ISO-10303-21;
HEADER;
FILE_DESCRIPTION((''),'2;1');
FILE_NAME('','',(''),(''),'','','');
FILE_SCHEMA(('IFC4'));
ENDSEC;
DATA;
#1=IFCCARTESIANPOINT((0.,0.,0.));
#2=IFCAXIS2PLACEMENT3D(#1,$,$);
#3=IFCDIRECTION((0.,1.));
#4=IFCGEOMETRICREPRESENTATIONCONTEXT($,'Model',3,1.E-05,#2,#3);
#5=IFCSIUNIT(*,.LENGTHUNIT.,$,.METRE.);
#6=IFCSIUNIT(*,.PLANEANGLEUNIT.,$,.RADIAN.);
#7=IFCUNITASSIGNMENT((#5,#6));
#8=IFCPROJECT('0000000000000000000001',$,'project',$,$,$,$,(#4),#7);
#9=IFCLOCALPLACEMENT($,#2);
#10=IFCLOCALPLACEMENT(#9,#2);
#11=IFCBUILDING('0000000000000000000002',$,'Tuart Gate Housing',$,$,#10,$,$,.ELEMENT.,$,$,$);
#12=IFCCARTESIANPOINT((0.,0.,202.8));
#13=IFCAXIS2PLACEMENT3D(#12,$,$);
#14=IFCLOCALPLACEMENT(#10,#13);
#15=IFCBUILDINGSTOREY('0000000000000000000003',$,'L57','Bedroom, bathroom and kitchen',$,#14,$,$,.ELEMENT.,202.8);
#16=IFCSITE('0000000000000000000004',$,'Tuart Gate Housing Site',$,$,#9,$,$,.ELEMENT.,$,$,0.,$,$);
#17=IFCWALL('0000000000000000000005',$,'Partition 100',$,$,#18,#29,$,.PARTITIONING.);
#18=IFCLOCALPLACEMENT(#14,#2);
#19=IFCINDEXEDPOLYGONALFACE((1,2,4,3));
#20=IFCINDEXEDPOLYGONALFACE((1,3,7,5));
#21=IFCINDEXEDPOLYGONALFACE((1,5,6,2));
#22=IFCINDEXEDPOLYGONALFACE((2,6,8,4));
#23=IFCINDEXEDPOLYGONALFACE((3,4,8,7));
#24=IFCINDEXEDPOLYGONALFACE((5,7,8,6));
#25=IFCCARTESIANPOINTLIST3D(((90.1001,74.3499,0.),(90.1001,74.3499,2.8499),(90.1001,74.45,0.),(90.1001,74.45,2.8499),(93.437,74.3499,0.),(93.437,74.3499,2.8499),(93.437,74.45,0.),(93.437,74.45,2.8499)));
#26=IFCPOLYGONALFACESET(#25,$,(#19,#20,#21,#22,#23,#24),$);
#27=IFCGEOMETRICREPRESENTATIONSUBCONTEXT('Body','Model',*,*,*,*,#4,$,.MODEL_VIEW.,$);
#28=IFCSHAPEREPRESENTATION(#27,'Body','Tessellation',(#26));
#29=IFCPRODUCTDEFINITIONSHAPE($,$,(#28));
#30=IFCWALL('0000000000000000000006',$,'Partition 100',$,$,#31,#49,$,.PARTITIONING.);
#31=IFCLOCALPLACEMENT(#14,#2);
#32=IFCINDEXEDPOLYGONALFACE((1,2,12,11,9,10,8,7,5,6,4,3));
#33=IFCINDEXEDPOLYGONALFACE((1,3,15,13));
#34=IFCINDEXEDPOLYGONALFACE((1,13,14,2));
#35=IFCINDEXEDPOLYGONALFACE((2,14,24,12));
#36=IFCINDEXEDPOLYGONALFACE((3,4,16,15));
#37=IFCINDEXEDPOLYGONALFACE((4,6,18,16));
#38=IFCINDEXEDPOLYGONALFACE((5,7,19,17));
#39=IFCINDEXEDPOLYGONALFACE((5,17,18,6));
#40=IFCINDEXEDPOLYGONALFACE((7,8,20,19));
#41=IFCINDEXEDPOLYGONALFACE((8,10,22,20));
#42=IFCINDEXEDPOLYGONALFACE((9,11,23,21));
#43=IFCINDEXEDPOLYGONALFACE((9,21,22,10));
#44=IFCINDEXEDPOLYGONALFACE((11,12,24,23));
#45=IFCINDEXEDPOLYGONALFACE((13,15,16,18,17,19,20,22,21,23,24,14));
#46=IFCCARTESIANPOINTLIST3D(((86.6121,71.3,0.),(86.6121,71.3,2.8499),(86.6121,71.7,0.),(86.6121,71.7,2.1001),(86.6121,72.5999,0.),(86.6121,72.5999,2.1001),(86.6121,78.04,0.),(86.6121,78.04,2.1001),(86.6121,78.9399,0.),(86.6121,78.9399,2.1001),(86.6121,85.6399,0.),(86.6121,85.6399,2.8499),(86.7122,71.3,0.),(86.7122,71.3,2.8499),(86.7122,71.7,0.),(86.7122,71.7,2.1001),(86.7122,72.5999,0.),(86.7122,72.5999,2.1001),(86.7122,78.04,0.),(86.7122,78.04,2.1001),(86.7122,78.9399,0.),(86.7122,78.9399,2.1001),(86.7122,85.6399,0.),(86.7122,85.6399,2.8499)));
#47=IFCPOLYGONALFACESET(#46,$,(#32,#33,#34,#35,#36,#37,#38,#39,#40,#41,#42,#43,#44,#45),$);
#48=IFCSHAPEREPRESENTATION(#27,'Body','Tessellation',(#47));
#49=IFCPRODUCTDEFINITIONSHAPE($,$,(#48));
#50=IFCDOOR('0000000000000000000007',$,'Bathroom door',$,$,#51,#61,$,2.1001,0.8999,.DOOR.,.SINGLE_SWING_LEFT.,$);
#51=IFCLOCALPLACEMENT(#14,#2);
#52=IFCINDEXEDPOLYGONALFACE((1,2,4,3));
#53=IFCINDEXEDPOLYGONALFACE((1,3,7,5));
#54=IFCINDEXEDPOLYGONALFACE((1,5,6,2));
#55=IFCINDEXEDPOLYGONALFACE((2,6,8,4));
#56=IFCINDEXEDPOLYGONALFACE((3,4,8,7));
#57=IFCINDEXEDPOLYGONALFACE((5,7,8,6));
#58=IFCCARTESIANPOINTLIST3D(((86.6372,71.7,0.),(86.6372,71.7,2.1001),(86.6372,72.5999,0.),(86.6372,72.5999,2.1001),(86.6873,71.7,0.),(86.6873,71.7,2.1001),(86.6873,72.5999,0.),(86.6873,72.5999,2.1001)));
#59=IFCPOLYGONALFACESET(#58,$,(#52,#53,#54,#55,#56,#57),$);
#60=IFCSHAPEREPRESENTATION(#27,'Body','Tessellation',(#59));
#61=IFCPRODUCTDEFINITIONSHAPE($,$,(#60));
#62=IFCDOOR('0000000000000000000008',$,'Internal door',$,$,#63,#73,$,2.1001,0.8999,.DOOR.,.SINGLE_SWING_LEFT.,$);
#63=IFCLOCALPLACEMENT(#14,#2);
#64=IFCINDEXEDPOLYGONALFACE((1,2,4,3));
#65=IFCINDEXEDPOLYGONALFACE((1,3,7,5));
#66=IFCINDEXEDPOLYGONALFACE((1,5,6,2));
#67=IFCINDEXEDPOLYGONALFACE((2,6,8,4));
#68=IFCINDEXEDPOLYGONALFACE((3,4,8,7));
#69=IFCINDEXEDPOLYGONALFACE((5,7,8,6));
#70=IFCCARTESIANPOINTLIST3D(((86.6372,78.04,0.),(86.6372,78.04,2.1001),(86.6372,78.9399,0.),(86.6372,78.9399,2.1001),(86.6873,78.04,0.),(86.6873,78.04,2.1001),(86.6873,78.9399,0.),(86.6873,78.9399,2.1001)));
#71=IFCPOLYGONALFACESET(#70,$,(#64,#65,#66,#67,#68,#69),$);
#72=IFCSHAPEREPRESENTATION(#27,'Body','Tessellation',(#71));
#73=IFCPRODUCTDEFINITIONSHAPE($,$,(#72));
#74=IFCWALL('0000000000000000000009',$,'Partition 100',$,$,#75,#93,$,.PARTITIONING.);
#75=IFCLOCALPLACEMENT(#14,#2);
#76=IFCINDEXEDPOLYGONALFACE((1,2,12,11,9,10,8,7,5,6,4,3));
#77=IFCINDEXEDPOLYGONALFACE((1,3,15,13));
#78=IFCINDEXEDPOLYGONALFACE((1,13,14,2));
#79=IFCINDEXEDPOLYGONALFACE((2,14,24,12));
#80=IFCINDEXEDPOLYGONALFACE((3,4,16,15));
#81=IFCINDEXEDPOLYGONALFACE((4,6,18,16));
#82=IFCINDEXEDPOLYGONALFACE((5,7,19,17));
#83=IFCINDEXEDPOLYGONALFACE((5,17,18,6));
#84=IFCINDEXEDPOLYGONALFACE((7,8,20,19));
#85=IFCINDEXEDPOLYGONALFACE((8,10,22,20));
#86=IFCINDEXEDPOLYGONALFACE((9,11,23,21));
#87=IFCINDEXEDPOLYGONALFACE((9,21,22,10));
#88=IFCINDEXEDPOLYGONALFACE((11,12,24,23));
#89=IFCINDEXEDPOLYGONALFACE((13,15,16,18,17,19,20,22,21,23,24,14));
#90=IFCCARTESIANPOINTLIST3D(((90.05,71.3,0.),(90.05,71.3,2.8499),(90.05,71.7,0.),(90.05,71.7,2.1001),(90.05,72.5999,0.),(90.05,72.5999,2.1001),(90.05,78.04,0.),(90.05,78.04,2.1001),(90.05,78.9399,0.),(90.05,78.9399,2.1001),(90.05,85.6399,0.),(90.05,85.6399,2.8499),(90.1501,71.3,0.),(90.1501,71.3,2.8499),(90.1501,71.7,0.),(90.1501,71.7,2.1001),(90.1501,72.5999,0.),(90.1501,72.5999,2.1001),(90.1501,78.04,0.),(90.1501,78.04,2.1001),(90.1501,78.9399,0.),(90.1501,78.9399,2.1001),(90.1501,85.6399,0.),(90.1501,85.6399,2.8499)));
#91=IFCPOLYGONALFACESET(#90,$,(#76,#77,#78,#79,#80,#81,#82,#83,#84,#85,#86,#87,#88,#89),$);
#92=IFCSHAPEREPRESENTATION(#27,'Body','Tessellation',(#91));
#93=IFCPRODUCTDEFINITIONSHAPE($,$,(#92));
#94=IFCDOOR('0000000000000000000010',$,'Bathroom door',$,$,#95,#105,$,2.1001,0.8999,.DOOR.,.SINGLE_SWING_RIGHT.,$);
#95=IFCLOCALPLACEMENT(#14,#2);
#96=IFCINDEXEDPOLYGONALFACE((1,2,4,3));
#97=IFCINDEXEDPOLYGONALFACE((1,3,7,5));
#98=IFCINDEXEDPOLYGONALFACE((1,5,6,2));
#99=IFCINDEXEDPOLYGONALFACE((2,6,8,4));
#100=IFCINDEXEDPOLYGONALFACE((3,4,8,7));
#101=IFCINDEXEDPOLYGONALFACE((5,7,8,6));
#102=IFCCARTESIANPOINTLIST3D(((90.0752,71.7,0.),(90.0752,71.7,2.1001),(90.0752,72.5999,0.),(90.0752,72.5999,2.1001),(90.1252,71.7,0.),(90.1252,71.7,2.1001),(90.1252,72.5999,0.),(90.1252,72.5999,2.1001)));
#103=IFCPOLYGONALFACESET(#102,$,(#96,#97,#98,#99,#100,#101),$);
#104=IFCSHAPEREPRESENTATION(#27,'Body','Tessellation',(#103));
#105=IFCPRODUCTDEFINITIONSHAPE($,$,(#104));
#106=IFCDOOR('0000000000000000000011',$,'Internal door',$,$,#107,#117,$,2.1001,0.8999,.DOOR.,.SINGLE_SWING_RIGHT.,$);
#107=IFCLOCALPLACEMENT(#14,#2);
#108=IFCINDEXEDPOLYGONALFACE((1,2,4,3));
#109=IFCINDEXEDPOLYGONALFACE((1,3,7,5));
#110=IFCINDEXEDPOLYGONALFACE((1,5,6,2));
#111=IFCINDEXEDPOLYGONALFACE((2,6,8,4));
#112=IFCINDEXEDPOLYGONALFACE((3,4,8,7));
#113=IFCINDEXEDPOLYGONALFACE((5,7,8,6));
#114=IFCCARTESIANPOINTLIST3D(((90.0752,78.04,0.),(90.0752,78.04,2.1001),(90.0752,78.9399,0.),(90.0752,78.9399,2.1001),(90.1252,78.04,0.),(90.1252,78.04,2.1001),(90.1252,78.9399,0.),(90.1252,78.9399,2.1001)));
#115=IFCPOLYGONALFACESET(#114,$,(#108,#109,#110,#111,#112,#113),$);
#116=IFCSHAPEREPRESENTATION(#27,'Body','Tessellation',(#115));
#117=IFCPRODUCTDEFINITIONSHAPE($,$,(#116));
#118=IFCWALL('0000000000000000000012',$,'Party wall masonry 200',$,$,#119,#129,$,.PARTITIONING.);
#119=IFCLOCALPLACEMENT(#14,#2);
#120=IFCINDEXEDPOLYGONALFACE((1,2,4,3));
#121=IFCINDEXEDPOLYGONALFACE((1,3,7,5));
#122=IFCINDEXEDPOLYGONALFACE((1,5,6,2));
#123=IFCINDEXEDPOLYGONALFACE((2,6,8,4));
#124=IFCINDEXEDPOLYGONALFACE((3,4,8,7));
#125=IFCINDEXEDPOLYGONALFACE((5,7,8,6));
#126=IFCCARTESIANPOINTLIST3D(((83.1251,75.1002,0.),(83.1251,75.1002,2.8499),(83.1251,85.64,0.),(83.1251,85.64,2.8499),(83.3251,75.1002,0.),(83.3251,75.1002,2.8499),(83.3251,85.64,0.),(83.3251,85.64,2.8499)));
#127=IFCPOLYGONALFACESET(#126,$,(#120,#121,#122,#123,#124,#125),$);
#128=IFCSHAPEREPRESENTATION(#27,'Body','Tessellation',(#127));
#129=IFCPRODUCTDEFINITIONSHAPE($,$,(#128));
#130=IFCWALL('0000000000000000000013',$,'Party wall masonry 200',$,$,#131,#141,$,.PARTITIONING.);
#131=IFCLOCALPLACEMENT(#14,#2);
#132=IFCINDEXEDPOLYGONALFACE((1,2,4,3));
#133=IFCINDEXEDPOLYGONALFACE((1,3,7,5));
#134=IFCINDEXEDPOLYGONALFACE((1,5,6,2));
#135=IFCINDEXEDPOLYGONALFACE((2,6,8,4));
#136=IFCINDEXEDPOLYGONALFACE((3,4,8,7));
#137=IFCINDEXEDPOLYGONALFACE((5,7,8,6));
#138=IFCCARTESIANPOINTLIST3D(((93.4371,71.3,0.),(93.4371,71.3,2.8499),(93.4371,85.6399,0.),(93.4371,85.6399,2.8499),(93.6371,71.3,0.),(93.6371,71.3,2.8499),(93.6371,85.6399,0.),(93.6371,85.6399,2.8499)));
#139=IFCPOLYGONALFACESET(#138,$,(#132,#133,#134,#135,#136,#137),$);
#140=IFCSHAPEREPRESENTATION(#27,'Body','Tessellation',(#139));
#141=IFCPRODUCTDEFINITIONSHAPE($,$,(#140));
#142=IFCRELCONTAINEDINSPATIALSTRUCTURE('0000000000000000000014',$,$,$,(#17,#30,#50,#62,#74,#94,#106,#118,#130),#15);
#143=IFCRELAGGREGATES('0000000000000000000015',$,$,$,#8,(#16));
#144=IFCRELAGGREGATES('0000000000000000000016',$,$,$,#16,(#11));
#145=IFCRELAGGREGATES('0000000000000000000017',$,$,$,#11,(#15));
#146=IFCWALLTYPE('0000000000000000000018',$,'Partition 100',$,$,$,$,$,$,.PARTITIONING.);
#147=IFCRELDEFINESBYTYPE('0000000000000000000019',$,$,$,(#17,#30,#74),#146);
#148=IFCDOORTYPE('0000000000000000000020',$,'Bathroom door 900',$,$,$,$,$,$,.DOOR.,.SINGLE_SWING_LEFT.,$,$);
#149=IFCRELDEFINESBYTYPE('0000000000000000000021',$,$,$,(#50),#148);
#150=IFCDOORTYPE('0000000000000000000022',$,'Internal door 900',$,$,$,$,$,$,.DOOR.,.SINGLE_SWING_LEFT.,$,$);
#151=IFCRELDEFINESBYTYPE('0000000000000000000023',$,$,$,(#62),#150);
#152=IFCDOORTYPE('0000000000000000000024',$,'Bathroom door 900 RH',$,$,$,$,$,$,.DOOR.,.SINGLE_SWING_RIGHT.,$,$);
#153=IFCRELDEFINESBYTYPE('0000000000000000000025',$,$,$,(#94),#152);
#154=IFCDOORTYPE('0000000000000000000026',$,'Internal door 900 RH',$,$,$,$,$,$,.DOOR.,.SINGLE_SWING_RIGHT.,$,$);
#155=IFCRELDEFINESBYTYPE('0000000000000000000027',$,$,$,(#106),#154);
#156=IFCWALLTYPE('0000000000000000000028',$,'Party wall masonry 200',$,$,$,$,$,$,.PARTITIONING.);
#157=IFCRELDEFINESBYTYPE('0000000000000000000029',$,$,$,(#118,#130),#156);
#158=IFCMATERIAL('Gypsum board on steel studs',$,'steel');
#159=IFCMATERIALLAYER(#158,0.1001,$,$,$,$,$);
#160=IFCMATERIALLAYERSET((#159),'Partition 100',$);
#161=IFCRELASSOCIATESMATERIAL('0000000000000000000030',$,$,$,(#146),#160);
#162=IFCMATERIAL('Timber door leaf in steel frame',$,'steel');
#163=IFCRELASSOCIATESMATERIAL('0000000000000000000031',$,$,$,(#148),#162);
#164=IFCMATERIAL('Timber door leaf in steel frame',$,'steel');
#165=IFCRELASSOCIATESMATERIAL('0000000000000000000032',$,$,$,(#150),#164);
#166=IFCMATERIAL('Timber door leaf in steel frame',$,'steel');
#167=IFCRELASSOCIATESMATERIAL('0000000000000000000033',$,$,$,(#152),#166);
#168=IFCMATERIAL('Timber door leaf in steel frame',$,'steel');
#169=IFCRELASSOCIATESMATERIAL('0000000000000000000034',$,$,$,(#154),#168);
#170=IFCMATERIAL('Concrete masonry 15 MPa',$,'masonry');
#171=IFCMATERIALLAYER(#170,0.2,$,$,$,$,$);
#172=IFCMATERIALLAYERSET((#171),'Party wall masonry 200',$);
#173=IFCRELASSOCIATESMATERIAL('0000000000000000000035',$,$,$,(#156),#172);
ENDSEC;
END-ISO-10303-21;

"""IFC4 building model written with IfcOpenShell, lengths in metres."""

from ifc_helpers import new_model, si_unit, direction, frame, frame_2d, origin, place, context, subcontext, project, spatial, rectangle, extrude, material, layer, layer_set, type_object, element, fill, save


model = new_model("IFC4")

# Units and contexts
model_context = context("Model", 3, precision=1e-05, world=origin(), true_north=direction((0.0, 1.0)))
body_context = subcontext(model_context, "Body", "Model", "MODEL_VIEW")
ifc_project = project(units=[si_unit("LENGTHUNIT", "METRE"), si_unit("PLANEANGLEUNIT", "RADIAN")], contexts=[model_context])

# Site, building, storey
site_placement = place(None, origin())
site = spatial("IfcSite", under=ifc_project, at=site_placement, Name="Tuart Gate Housing Site", CompositionType="ELEMENT", RefElevation=0.0)
building_placement = place(site_placement, origin())
building = spatial("IfcBuilding", under=site, at=building_placement, Name="Tuart Gate Housing", CompositionType="ELEMENT")
storey_placement = place(building_placement, frame((0.0, 0.0, 202.8)))
storey = spatial("IfcBuildingStorey", under=building, at=storey_placement, Name="L57", Description="Bedroom, bathroom and kitchen", CompositionType="ELEMENT", Elevation=202.8)

# Wall
ifc_material_1 = material(Name="Gypsum board on steel studs", Category="steel")
ifc_layer_1 = layer(ifc_material_1, 0.1001)
ifc_layer_set_1 = layer_set([ifc_layer_1], Name="Partition 100")
wall_type_1 = type_object("IfcWallType", Name="Partition 100", PredefinedType="PARTITIONING", material=ifc_layer_set_1)
wall_1_placement = place(storey_placement, frame((90.1001, 74.3999, 0.0), z_axis=(0.0, 0.0, 1.0), x_axis=(1.0, 0.0, 0.0)))
element("IfcWall", 1, at=wall_1_placement, inside=storey, type_object=wall_type_1, Name="Partition 100", PredefinedType="PARTITIONING", context=body_context, shape_type="SweptSolid", body=[
    extrude(rectangle(XDim=3.3369, YDim=0.1001, at=frame_2d((1.6685, 0.0))), origin(), (0.0, 0.0, 1.0), 2.8499),
])

# Walls, openings, doors
wall_2_placement = place(storey_placement, frame((86.6621, 71.3, 0.0), z_axis=(0.0, 0.0, 1.0), x_axis=(0.0, 1.0, 0.0)))
wall_2 = element("IfcWall", 2, at=wall_2_placement, inside=storey, type_object=wall_type_1, Name="Partition 100", PredefinedType="PARTITIONING", context=body_context, shape_type="SweptSolid", body=[
    extrude(rectangle(XDim=14.3398, YDim=0.1001, at=frame_2d((7.1699, 0.0))), origin(), (0.0, 0.0, 1.0), 2.8499),
])
opening_1_placement = place(wall_2_placement, frame((6.74, 0.0, 0.0)))
opening_1 = element("IfcOpeningElement", 3, at=opening_1_placement, cuts=wall_2, PredefinedType="OPENING", context=body_context, shape_type="SweptSolid", body=[
    extrude(rectangle(XDim=0.8999, YDim=2.1001, at=frame_2d((0.45, 1.05))), frame((0.0, 0.0601, 0.0), z_axis=(0.0, -1.0, 0.0), x_axis=(1.0, 0.0, 0.0)), (0.0, 0.0, 1.0), 0.1201),
])
opening_2_placement = place(wall_2_placement, frame((0.3999, 0.0, 0.0)))
opening_2 = element("IfcOpeningElement", 4, at=opening_2_placement, cuts=wall_2, PredefinedType="OPENING", context=body_context, shape_type="SweptSolid", body=[
    extrude(rectangle(XDim=0.8999, YDim=2.1001, at=frame_2d((0.45, 1.05))), frame((0.0, 0.0601, 0.0), z_axis=(0.0, -1.0, 0.0), x_axis=(1.0, 0.0, 0.0)), (0.0, 0.0, 1.0), 0.1201),
])
ifc_material_2 = material(Name="Timber door leaf in steel frame", Category="steel")
door_type_1 = type_object("IfcDoorType", Name="Bathroom door 900", OperationType="SINGLE_SWING_LEFT", PredefinedType="DOOR", material=ifc_material_2)
door_1_placement = place(opening_2_placement, origin())
door_1 = element("IfcDoor", 5, at=door_1_placement, inside=storey, type_object=door_type_1, Name="Bathroom door", OperationType="SINGLE_SWING_LEFT", OverallHeight=2.1001, OverallWidth=0.8999, PredefinedType="DOOR", context=body_context, shape_type="SweptSolid", body=[
    extrude(rectangle(XDim=0.8999, YDim=2.1001, at=frame_2d((0.45, 1.05))), frame((0.0, 0.0249, 0.0), z_axis=(0.0, -1.0, 0.0), x_axis=(1.0, 0.0, 0.0)), (0.0, 0.0, 1.0), 0.05),
])
fill(opening_2, door_1)
ifc_material_3 = material(Name="Timber door leaf in steel frame", Category="steel")
door_type_2 = type_object("IfcDoorType", Name="Internal door 900", OperationType="SINGLE_SWING_LEFT", PredefinedType="DOOR", material=ifc_material_3)
door_2_placement = place(opening_1_placement, origin())
door_2 = element("IfcDoor", 6, at=door_2_placement, inside=storey, type_object=door_type_2, Name="Internal door", OperationType="SINGLE_SWING_LEFT", OverallHeight=2.1001, OverallWidth=0.8999, PredefinedType="DOOR", context=body_context, shape_type="SweptSolid", body=[
    extrude(rectangle(XDim=0.8999, YDim=2.1001, at=frame_2d((0.45, 1.05))), frame((0.0, 0.0249, 0.0), z_axis=(0.0, -1.0, 0.0), x_axis=(1.0, 0.0, 0.0)), (0.0, 0.0, 1.0), 0.05),
])
fill(opening_1, door_2)
wall_3_placement = place(storey_placement, frame((90.1001, 71.3, 0.0), z_axis=(0.0, 0.0, 1.0), x_axis=(0.0, 1.0, 0.0)))
wall_3 = element("IfcWall", 7, at=wall_3_placement, inside=storey, type_object=wall_type_1, Name="Partition 100", PredefinedType="PARTITIONING", context=body_context, shape_type="SweptSolid", body=[
    extrude(rectangle(XDim=14.3398, YDim=0.1001, at=frame_2d((7.1699, 0.0))), origin(), (0.0, 0.0, 1.0), 2.8499),
])
opening_3_placement = place(wall_3_placement, frame((6.74, 0.0, 0.0)))
opening_3 = element("IfcOpeningElement", 8, at=opening_3_placement, cuts=wall_3, PredefinedType="OPENING", context=body_context, shape_type="SweptSolid", body=[
    extrude(rectangle(XDim=0.8999, YDim=2.1001, at=frame_2d((0.45, 1.05))), frame((0.0, 0.0601, 0.0), z_axis=(0.0, -1.0, 0.0), x_axis=(1.0, 0.0, 0.0)), (0.0, 0.0, 1.0), 0.1201),
])
opening_4_placement = place(wall_3_placement, frame((0.3999, 0.0, 0.0)))
opening_4 = element("IfcOpeningElement", 9, at=opening_4_placement, cuts=wall_3, PredefinedType="OPENING", context=body_context, shape_type="SweptSolid", body=[
    extrude(rectangle(XDim=0.8999, YDim=2.1001, at=frame_2d((0.45, 1.05))), frame((0.0, 0.0601, 0.0), z_axis=(0.0, -1.0, 0.0), x_axis=(1.0, 0.0, 0.0)), (0.0, 0.0, 1.0), 0.1201),
])
ifc_material_4 = material(Name="Timber door leaf in steel frame", Category="steel")
door_type_3 = type_object("IfcDoorType", Name="Bathroom door 900 RH", OperationType="SINGLE_SWING_RIGHT", PredefinedType="DOOR", material=ifc_material_4)
door_3_placement = place(opening_4_placement, frame((0.8999, 0.0, 0.0), z_axis=(0.0, 0.0, 1.0), x_axis=(-1.0, 0.0, 0.0)))
door_3 = element("IfcDoor", 10, at=door_3_placement, inside=storey, type_object=door_type_3, Name="Bathroom door", OperationType="SINGLE_SWING_RIGHT", OverallHeight=2.1001, OverallWidth=0.8999, PredefinedType="DOOR", context=body_context, shape_type="SweptSolid", body=[
    extrude(rectangle(XDim=0.8999, YDim=2.1001, at=frame_2d((0.45, 1.05))), frame((0.0, 0.0251, 0.0), z_axis=(0.0, -1.0, 0.0), x_axis=(1.0, 0.0, 0.0)), (0.0, 0.0, 1.0), 0.05),
])
fill(opening_4, door_3)
ifc_material_5 = material(Name="Timber door leaf in steel frame", Category="steel")
door_type_4 = type_object("IfcDoorType", Name="Internal door 900 RH", OperationType="SINGLE_SWING_RIGHT", PredefinedType="DOOR", material=ifc_material_5)
door_4_placement = place(opening_3_placement, frame((0.8999, 0.0, 0.0), z_axis=(0.0, 0.0, 1.0), x_axis=(-1.0, 0.0, 0.0)))
door_4 = element("IfcDoor", 11, at=door_4_placement, inside=storey, type_object=door_type_4, Name="Internal door", OperationType="SINGLE_SWING_RIGHT", OverallHeight=2.1001, OverallWidth=0.8999, PredefinedType="DOOR", context=body_context, shape_type="SweptSolid", body=[
    extrude(rectangle(XDim=0.8999, YDim=2.1001, at=frame_2d((0.45, 1.05))), frame((0.0, 0.0251, 0.0), z_axis=(0.0, -1.0, 0.0), x_axis=(1.0, 0.0, 0.0)), (0.0, 0.0, 1.0), 0.05),
])
fill(opening_3, door_4)

# Walls
ifc_material_6 = material(Name="Concrete masonry 15 MPa", Category="masonry")
ifc_layer_2 = layer(ifc_material_6, 0.2)
ifc_layer_set_2 = layer_set([ifc_layer_2], Name="Party wall masonry 200")
wall_type_2 = type_object("IfcWallType", Name="Party wall masonry 200", PredefinedType="PARTITIONING", material=ifc_layer_set_2)
wall_4_placement = place(storey_placement, frame((83.2251, 75.1001, 0.0), z_axis=(0.0, 0.0, 1.0), x_axis=(0.0, 1.0, 0.0)))
element("IfcWall", 12, at=wall_4_placement, inside=storey, type_object=wall_type_2, Name="Party wall masonry 200", PredefinedType="PARTITIONING", context=body_context, shape_type="SweptSolid", body=[
    extrude(rectangle(XDim=10.5398, YDim=0.2, at=frame_2d((5.27, 0.0))), origin(), (0.0, 0.0, 1.0), 2.8499),
])
wall_5_placement = place(storey_placement, frame((93.5371, 71.3, 0.0), z_axis=(0.0, 0.0, 1.0), x_axis=(0.0, 1.0, 0.0)))
element("IfcWall", 13, at=wall_5_placement, inside=storey, type_object=wall_type_2, Name="Party wall masonry 200", PredefinedType="PARTITIONING", context=body_context, shape_type="SweptSolid", body=[
    extrude(rectangle(XDim=14.3398, YDim=0.2, at=frame_2d((7.1699, 0.0))), origin(), (0.0, 0.0, 1.0), 2.8499),
])

save(model, "model.ifc")
